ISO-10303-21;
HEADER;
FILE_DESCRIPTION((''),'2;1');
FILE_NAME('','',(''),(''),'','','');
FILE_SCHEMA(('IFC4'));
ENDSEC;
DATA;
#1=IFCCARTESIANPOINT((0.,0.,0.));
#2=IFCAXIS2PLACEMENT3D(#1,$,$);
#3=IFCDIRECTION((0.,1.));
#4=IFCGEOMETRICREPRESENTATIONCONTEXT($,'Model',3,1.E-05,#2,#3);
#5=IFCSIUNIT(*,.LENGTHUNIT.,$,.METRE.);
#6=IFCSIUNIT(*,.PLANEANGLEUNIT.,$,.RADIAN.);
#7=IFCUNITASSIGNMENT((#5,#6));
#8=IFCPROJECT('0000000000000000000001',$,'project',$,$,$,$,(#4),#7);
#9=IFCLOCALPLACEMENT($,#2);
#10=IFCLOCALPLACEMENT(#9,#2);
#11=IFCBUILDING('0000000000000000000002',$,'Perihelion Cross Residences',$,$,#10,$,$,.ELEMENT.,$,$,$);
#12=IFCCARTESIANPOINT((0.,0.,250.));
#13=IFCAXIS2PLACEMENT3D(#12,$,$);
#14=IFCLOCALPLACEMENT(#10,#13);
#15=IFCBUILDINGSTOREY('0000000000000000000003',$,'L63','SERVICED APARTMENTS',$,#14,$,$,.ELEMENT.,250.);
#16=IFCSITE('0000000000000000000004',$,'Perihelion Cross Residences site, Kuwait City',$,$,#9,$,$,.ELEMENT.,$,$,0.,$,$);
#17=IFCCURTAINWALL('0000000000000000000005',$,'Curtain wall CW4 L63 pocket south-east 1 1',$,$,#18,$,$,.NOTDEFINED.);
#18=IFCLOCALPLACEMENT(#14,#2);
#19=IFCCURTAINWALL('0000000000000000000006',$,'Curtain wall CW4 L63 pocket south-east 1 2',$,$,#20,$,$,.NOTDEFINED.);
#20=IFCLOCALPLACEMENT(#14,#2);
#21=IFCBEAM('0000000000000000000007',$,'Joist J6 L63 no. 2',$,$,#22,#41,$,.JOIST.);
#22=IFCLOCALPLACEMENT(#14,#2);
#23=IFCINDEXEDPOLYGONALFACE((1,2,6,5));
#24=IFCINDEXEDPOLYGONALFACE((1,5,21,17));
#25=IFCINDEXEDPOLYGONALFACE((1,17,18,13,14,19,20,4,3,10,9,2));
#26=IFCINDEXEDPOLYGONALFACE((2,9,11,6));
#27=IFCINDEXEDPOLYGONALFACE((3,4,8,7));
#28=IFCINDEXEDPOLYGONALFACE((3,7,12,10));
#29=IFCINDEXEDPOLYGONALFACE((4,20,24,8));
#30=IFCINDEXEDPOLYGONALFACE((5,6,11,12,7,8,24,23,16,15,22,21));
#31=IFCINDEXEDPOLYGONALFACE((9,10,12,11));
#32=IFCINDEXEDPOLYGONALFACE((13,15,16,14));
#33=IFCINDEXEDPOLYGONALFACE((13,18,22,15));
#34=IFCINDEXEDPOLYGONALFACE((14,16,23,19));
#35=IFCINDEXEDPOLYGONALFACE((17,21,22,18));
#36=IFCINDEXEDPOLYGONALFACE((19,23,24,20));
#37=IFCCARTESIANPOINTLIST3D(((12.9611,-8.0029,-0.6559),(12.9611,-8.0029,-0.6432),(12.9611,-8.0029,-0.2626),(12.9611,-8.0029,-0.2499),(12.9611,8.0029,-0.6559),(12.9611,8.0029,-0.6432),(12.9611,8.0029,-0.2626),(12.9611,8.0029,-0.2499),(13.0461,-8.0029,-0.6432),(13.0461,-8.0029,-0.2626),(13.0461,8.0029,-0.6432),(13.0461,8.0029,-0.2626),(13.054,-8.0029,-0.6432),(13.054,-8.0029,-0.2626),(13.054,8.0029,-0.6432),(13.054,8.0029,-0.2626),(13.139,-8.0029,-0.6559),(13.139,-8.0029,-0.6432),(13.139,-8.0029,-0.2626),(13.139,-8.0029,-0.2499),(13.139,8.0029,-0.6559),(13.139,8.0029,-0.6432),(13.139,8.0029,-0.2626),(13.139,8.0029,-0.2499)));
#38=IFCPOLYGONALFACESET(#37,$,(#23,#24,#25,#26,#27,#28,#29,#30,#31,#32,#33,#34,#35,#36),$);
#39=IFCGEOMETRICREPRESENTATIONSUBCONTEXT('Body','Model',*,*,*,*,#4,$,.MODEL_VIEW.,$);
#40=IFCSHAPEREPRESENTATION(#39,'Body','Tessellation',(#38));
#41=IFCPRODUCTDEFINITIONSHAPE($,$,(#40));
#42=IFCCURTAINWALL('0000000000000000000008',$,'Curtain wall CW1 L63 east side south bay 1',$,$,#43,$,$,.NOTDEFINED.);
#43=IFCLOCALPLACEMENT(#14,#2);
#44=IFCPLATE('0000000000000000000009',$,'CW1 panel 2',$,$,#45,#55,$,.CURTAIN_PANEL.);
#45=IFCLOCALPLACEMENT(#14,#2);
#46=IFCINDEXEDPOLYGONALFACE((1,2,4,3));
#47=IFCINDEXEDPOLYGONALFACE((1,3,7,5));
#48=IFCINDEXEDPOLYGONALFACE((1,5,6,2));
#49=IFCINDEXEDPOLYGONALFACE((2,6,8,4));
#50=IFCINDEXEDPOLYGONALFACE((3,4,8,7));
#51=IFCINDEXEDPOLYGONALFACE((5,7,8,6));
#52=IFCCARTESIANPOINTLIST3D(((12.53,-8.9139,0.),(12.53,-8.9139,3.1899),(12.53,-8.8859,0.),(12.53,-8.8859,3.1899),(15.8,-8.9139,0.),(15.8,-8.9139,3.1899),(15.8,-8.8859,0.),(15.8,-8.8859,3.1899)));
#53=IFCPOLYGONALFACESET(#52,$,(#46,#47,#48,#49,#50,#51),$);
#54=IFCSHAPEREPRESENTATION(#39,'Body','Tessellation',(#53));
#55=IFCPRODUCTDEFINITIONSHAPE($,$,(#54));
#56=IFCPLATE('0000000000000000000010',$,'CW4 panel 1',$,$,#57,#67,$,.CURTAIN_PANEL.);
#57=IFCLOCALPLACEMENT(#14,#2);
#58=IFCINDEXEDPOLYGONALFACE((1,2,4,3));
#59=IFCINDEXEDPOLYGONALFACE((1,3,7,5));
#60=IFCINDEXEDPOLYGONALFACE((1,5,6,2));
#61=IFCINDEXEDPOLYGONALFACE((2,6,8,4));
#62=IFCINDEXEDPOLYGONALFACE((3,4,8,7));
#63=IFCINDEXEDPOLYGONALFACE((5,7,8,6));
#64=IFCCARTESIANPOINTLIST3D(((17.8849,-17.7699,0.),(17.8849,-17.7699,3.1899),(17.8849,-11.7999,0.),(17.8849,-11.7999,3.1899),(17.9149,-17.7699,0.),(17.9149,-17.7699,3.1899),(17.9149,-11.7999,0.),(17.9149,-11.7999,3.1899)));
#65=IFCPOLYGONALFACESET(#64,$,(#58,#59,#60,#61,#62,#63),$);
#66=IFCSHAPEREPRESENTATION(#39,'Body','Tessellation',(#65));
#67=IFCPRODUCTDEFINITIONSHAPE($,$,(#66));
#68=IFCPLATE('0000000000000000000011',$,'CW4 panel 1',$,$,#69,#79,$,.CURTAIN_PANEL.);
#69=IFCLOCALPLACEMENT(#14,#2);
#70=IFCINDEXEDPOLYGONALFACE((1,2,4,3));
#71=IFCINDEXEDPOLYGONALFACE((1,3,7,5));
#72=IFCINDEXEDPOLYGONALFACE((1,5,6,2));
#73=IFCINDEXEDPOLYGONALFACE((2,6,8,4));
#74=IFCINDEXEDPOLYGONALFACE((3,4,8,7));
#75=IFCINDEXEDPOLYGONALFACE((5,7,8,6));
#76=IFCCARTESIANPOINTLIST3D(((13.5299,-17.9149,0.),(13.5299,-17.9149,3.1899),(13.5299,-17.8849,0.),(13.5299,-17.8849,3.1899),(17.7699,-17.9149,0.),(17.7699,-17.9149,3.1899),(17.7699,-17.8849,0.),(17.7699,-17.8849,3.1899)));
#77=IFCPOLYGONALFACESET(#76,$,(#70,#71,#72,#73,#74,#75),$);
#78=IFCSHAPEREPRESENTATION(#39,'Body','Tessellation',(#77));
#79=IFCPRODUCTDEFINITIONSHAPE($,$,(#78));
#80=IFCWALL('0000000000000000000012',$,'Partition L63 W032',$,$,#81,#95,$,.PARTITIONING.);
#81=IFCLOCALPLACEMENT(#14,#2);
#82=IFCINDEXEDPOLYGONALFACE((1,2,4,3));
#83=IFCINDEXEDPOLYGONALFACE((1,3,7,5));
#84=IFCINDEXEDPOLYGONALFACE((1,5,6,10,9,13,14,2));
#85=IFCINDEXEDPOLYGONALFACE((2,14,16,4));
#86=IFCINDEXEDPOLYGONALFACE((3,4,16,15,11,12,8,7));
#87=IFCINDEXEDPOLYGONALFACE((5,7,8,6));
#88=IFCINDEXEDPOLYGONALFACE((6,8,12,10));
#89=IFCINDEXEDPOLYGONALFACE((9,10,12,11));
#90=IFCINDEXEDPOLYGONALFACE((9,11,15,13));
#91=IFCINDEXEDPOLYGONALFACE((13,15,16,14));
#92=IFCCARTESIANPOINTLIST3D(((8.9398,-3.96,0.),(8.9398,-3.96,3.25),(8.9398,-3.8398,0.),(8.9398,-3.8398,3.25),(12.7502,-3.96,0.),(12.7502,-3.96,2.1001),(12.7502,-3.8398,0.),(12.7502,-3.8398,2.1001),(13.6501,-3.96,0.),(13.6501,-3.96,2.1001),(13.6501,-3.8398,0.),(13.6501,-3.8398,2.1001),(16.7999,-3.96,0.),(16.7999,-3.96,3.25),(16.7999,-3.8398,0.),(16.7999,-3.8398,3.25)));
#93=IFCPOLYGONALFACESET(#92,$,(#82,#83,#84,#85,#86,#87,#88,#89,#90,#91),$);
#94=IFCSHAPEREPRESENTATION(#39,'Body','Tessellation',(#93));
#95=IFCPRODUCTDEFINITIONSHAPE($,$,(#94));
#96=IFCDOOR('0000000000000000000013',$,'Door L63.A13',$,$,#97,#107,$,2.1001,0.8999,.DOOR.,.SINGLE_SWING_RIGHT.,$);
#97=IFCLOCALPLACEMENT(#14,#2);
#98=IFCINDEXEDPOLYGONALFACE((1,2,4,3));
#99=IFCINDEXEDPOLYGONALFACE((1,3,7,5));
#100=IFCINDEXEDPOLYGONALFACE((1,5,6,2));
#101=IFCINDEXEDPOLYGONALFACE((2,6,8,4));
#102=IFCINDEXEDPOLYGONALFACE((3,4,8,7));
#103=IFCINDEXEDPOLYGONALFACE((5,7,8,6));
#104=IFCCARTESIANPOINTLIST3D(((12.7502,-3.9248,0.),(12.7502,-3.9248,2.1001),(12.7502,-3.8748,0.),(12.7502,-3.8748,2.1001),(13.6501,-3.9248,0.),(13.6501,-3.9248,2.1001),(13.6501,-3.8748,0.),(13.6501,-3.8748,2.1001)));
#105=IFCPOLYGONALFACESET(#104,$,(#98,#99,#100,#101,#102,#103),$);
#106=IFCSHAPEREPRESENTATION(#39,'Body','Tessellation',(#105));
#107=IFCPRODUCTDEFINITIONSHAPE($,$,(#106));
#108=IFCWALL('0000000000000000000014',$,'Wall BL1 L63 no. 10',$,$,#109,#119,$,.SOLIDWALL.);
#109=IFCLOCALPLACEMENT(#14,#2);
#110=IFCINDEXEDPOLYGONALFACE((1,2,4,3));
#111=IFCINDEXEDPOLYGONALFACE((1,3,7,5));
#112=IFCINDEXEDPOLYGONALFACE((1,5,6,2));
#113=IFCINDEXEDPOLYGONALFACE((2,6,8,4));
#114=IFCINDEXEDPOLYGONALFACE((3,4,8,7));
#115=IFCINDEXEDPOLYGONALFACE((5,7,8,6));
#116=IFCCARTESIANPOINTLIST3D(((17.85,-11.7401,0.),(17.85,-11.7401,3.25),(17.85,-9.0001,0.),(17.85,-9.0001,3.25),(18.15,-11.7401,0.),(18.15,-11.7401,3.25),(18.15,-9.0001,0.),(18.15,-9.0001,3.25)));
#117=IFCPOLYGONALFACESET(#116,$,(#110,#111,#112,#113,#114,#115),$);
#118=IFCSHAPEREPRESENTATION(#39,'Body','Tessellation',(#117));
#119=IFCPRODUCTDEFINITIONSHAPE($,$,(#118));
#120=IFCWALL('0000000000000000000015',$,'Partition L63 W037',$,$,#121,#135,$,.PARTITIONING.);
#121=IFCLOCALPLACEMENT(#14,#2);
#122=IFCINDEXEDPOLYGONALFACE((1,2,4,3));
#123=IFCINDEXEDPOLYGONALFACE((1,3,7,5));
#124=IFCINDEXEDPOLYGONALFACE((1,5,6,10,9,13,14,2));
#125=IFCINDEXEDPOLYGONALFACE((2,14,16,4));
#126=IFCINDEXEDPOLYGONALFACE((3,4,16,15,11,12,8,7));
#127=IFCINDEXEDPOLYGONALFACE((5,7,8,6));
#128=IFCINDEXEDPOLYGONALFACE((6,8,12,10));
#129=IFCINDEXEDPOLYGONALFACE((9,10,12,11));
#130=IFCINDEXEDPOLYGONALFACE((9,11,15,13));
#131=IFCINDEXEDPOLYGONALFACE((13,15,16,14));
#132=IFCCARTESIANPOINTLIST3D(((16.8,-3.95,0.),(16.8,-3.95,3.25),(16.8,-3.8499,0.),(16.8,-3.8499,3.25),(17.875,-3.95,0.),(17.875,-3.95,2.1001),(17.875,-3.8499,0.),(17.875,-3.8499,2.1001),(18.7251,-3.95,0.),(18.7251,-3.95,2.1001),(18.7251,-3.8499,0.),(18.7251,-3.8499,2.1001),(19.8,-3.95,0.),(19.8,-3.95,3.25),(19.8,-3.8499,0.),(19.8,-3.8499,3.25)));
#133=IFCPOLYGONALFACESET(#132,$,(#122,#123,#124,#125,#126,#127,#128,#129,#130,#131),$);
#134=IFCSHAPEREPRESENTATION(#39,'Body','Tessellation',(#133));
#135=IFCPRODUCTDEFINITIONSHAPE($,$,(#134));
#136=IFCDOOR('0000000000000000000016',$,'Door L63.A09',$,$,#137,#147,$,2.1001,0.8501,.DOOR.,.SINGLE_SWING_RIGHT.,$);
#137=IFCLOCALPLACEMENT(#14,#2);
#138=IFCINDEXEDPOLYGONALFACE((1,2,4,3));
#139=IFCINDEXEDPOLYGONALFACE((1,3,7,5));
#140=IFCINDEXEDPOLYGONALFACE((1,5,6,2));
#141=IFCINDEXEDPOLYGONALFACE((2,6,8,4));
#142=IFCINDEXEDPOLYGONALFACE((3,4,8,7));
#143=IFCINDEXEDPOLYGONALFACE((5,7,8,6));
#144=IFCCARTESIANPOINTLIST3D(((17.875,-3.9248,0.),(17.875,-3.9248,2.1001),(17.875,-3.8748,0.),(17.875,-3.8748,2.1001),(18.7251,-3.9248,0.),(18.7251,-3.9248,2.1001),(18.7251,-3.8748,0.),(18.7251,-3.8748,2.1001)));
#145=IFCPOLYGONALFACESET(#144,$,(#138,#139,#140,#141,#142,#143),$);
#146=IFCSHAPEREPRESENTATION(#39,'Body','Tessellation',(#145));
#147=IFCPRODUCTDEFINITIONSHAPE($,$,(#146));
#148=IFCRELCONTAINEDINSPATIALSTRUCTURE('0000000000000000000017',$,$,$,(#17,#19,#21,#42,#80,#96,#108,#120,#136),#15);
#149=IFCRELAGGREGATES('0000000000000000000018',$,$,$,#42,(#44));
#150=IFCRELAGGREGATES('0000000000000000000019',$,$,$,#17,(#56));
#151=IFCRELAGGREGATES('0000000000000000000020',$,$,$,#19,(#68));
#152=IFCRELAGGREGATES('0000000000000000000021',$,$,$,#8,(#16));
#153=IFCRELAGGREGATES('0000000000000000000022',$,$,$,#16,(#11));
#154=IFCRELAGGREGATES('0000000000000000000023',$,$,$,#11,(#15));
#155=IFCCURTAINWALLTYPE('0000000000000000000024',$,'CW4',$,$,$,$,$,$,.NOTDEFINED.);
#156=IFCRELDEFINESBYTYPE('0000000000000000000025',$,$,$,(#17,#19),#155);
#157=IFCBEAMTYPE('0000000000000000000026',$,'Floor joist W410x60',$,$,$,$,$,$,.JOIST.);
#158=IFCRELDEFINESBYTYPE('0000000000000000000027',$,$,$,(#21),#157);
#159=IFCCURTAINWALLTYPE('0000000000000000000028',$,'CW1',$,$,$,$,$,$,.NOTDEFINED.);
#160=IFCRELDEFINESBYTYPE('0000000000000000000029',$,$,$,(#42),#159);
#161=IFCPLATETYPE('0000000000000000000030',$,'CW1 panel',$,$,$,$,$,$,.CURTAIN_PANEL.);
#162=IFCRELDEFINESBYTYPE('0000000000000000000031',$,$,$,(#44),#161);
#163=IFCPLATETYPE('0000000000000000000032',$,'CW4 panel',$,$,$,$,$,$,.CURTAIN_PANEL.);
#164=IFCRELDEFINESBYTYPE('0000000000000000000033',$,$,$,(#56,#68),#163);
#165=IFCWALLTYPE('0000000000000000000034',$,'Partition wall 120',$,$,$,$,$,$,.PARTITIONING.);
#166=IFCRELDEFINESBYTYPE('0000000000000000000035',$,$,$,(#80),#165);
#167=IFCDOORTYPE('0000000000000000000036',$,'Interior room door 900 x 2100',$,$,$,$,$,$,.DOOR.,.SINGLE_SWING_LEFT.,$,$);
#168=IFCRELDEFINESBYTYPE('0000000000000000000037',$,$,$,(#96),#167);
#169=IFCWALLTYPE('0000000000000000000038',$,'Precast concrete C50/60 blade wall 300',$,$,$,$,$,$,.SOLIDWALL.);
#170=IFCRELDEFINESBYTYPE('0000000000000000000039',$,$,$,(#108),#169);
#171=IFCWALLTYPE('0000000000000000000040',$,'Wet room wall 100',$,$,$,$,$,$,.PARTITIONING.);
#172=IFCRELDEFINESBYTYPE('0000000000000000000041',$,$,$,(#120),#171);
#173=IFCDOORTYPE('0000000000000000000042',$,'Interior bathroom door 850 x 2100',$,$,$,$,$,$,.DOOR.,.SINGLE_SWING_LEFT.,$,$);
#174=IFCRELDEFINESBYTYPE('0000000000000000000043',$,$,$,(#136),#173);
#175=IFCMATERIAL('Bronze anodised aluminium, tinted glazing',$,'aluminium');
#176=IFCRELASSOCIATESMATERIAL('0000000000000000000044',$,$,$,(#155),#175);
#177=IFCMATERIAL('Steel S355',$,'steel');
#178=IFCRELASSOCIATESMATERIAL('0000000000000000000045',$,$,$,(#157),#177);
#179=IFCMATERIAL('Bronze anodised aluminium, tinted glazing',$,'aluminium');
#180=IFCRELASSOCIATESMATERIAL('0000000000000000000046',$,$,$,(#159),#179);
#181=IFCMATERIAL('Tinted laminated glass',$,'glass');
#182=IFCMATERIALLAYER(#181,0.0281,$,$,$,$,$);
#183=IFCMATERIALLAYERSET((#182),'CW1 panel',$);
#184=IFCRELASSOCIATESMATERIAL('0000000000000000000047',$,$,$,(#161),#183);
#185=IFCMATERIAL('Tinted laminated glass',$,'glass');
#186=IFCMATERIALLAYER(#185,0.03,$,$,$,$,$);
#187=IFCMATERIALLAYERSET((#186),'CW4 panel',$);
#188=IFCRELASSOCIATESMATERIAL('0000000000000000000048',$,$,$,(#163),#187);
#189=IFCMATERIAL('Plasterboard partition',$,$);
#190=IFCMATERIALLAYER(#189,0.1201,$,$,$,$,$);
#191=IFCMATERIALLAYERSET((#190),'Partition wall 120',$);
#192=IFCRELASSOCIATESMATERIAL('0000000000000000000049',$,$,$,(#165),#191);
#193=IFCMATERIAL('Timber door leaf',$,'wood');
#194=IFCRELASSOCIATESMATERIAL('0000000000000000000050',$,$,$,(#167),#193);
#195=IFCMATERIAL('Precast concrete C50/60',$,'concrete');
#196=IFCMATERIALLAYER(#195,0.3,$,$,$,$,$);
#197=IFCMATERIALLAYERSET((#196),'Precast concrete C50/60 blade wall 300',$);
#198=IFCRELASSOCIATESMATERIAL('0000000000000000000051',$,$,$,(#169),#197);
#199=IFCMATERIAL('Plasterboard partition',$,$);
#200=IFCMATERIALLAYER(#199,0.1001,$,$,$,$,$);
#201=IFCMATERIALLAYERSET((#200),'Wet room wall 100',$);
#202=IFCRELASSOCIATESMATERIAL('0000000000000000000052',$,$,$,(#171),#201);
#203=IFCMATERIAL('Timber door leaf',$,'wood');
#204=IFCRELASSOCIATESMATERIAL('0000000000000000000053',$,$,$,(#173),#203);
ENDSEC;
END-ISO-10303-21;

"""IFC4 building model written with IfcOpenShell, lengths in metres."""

from ifc_helpers import new_model, si_unit, direction, frame, frame_2d, origin, origin_2d, place, context, subcontext, project, spatial, rectangle, i_section, extrude, material, layer, layer_set, material_profile, profile_set, type_object, element, fill, aggregate, save


model = new_model("IFC4")

# Units and contexts
model_context = context("Model", 3, precision=1e-05, world=origin(), true_north=direction((0.0, 1.0)))
body_context = subcontext(model_context, "Body", "Model", "MODEL_VIEW")
ifc_project = project(units=[si_unit("LENGTHUNIT", "METRE"), si_unit("PLANEANGLEUNIT", "RADIAN")], contexts=[model_context])

# Site, building, storey
site_placement = place(None, origin())
site = spatial("IfcSite", under=ifc_project, at=site_placement, Name="Perihelion Cross Residences site, Kuwait City", CompositionType="ELEMENT", RefElevation=0.0)
building_placement = place(site_placement, origin())
building = spatial("IfcBuilding", under=site, at=building_placement, Name="Perihelion Cross Residences", CompositionType="ELEMENT")
storey_placement = place(building_placement, frame((0.0, 0.0, 250.0)))
storey = spatial("IfcBuildingStorey", under=building, at=storey_placement, Name="L63", Description="SERVICED APARTMENTS", CompositionType="ELEMENT", Elevation=250.0)

# Curtain walls
ifc_material_1 = material(Name="Bronze anodised aluminium, tinted glazing", Category="aluminium")
curtain_wall_type_1 = type_object("IfcCurtainWallType", Name="CW4", PredefinedType="NOTDEFINED", material=ifc_material_1)
curtain_wall_1_placement = place(storey_placement, origin())
curtain_wall_1 = element("IfcCurtainWall", 1, at=curtain_wall_1_placement, inside=storey, type_object=curtain_wall_type_1, Name="Curtain wall CW4 L63 pocket south-east 1 1", PredefinedType="NOTDEFINED")
curtain_wall_2_placement = place(storey_placement, origin())
curtain_wall_2 = element("IfcCurtainWall", 2, at=curtain_wall_2_placement, inside=storey, type_object=curtain_wall_type_1, Name="Curtain wall CW4 L63 pocket south-east 1 2", PredefinedType="NOTDEFINED")

# Beam
ifc_material_2 = material(Name="Steel S355", Category="steel")
ifc_material_profile_1 = material_profile(ifc_material_2, i_section(OverallWidth=0.178, OverallDepth=0.406, WebThickness=0.0078, FlangeThickness=0.0127, at=origin_2d()), Name="W410x60")
ifc_profile_set_1 = profile_set([ifc_material_profile_1], Name="Steel S355")
beam_type_1 = type_object("IfcBeamType", Name="Floor joist W410x60", PredefinedType="JOIST", material=ifc_profile_set_1)
beam_1_placement = place(storey_placement, frame((13.05, -8.0029, -0.4529), z_axis=(0.0, 1.0, 0.0), x_axis=(-1.0, 0.0, 0.0)))
element("IfcBeam", 3, at=beam_1_placement, inside=storey, type_object=beam_type_1, Name="Joist J6 L63 no. 2", PredefinedType="JOIST", context=body_context, shape_type="SweptSolid", body=[
    extrude(i_section(OverallWidth=0.178, OverallDepth=0.406, WebThickness=0.0078, FlangeThickness=0.0127, at=origin_2d()), origin(), (0.0, 0.0, 1.0), 16.0059),
])

# Curtain wall, plate
ifc_material_3 = material(Name="Bronze anodised aluminium, tinted glazing", Category="aluminium")
curtain_wall_type_2 = type_object("IfcCurtainWallType", Name="CW1", PredefinedType="NOTDEFINED", material=ifc_material_3)
curtain_wall_3_placement = place(storey_placement, origin())
curtain_wall_3 = element("IfcCurtainWall", 4, at=curtain_wall_3_placement, inside=storey, type_object=curtain_wall_type_2, Name="Curtain wall CW1 L63 east side south bay 1", PredefinedType="NOTDEFINED")
ifc_material_4 = material(Name="Tinted laminated glass", Category="glass")
ifc_layer_1 = layer(ifc_material_4, 0.0281)
ifc_layer_set_1 = layer_set([ifc_layer_1], Name="CW1 panel")
plate_type_1 = type_object("IfcPlateType", Name="CW1 panel", PredefinedType="CURTAIN_PANEL", material=ifc_layer_set_1)
plate_1_placement = place(storey_placement, frame((14.165, -8.8999, 0.0), z_axis=(0.0, 0.0, 1.0), x_axis=(1.0, 0.0, 0.0)))
plate_1 = element("IfcPlate", 5, at=plate_1_placement, type_object=plate_type_1, Name="CW1 panel 2", PredefinedType="CURTAIN_PANEL", context=body_context, shape_type="SweptSolid", body=[
    extrude(rectangle(XDim=3.27, YDim=0.0281, at=origin_2d()), origin(), (0.0, 0.0, 1.0), 3.1899),
])
aggregate(curtain_wall_3, [plate_1])

# Plates
ifc_material_5 = material(Name="Tinted laminated glass", Category="glass")
ifc_layer_2 = layer(ifc_material_5, 0.03)
ifc_layer_set_2 = layer_set([ifc_layer_2], Name="CW4 panel")
plate_type_2 = type_object("IfcPlateType", Name="CW4 panel", PredefinedType="CURTAIN_PANEL", material=ifc_layer_set_2)
plate_2_placement = place(storey_placement, frame((17.8999, -14.7849, 0.0), z_axis=(0.0, 0.0, 1.0), x_axis=(0.0, -1.0, 0.0)))
plate_2 = element("IfcPlate", 6, at=plate_2_placement, type_object=plate_type_2, Name="CW4 panel 1", PredefinedType="CURTAIN_PANEL", context=body_context, shape_type="SweptSolid", body=[
    extrude(rectangle(XDim=5.97, YDim=0.03, at=origin_2d()), origin(), (0.0, 0.0, 1.0), 3.1899),
])
aggregate(curtain_wall_1, [plate_2])
plate_3_placement = place(storey_placement, frame((15.6499, -17.8999, 0.0), z_axis=(0.0, 0.0, 1.0), x_axis=(-1.0, 0.0, 0.0)))
plate_3 = element("IfcPlate", 7, at=plate_3_placement, type_object=plate_type_2, Name="CW4 panel 1", PredefinedType="CURTAIN_PANEL", context=body_context, shape_type="SweptSolid", body=[
    extrude(rectangle(XDim=4.24, YDim=0.03, at=origin_2d()), origin(), (0.0, 0.0, 1.0), 3.1899),
])
aggregate(curtain_wall_2, [plate_3])

# Wall, opening, door
ifc_material_6 = material(Name="Plasterboard partition")
ifc_layer_3 = layer(ifc_material_6, 0.1201)
ifc_layer_set_3 = layer_set([ifc_layer_3], Name="Partition wall 120")
wall_type_1 = type_object("IfcWallType", Name="Partition wall 120", PredefinedType="PARTITIONING", material=ifc_layer_set_3)
wall_1_placement = place(storey_placement, frame((16.8, -3.8999, 0.0), z_axis=(0.0, 0.0, 1.0), x_axis=(-1.0, 0.0, 0.0)))
wall_1 = element("IfcWall", 8, at=wall_1_placement, inside=storey, type_object=wall_type_1, Name="Partition L63 W032", PredefinedType="PARTITIONING", context=body_context, shape_type="SweptSolid", body=[
    extrude(rectangle(XDim=7.8601, YDim=0.1201, at=frame_2d((3.9302, 0.0))), origin(), (0.0, 0.0, 1.0), 3.25),
])
opening_1_placement = place(wall_1_placement, frame((3.1499, 0.0, 0.0)))
opening_1 = element("IfcOpeningElement", 9, at=opening_1_placement, cuts=wall_1, PredefinedType="OPENING", context=body_context, shape_type="SweptSolid", body=[
    extrude(rectangle(XDim=0.8999, YDim=2.1001, at=frame_2d((0.45, 1.05))), frame((0.0, 0.0701, 0.0), z_axis=(0.0, -1.0, 0.0), x_axis=(1.0, 0.0, 0.0)), (0.0, 0.0, 1.0), 0.1401),
])
ifc_material_7 = material(Name="Timber door leaf", Category="wood")
door_type_1 = type_object("IfcDoorType", Name="Interior room door 900 x 2100", OperationType="SINGLE_SWING_LEFT", PredefinedType="DOOR", material=ifc_material_7)
door_1_placement = place(opening_1_placement, origin())
door_1 = element("IfcDoor", 10, at=door_1_placement, inside=storey, type_object=door_type_1, Name="Door L63.A13", OperationType="SINGLE_SWING_RIGHT", OverallHeight=2.1001, OverallWidth=0.8999, PredefinedType="DOOR", context=body_context, shape_type="SweptSolid", body=[
    extrude(rectangle(XDim=0.8999, YDim=2.1001, at=frame_2d((0.45, 1.05))), frame((0.0, 0.0249, 0.0), z_axis=(0.0, -1.0, 0.0), x_axis=(1.0, 0.0, 0.0)), (0.0, 0.0, 1.0), 0.05),
])
fill(opening_1, door_1)

# Wall
ifc_material_8 = material(Name="Precast concrete C50/60", Category="concrete")
ifc_layer_4 = layer(ifc_material_8, 0.3)
ifc_layer_set_4 = layer_set([ifc_layer_4], Name="Precast concrete C50/60 blade wall 300")
wall_type_2 = type_object("IfcWallType", Name="Precast concrete C50/60 blade wall 300", PredefinedType="SOLIDWALL", material=ifc_layer_set_4)
wall_2_placement = place(storey_placement, frame((18.0, -9.0, 0.0), z_axis=(0.0, 0.0, 1.0), x_axis=(0.0, -1.0, 0.0)))
element("IfcWall", 11, at=wall_2_placement, inside=storey, type_object=wall_type_2, Name="Wall BL1 L63 no. 10", PredefinedType="SOLIDWALL", context=body_context, shape_type="SweptSolid", body=[
    extrude(rectangle(XDim=2.74, YDim=0.3, at=frame_2d((1.3701, 0.0))), origin(), (0.0, 0.0, 1.0), 3.25),
])

# Wall, opening, door
ifc_material_9 = material(Name="Plasterboard partition")
ifc_layer_5 = layer(ifc_material_9, 0.1001)
ifc_layer_set_5 = layer_set([ifc_layer_5], Name="Wet room wall 100")
wall_type_3 = type_object("IfcWallType", Name="Wet room wall 100", PredefinedType="PARTITIONING", material=ifc_layer_set_5)
wall_3_placement = place(storey_placement, frame((19.8, -3.8999, 0.0), z_axis=(0.0, 0.0, 1.0), x_axis=(-1.0, 0.0, 0.0)))
wall_3 = element("IfcWall", 12, at=wall_3_placement, inside=storey, type_object=wall_type_3, Name="Partition L63 W037", PredefinedType="PARTITIONING", context=body_context, shape_type="SweptSolid", body=[
    extrude(rectangle(XDim=3.0, YDim=0.1001, at=frame_2d((1.5, 0.0))), origin(), (0.0, 0.0, 1.0), 3.25),
])
opening_2_placement = place(wall_3_placement, frame((1.075, 0.0, 0.0)))
opening_2 = element("IfcOpeningElement", 13, at=opening_2_placement, cuts=wall_3, PredefinedType="OPENING", context=body_context, shape_type="SweptSolid", body=[
    extrude(rectangle(XDim=0.8501, YDim=2.1001, at=frame_2d((0.425, 1.05))), frame((0.0, 0.0601, 0.0), z_axis=(0.0, -1.0, 0.0), x_axis=(1.0, 0.0, 0.0)), (0.0, 0.0, 1.0), 0.1201),
])
ifc_material_10 = material(Name="Timber door leaf", Category="wood")
door_type_2 = type_object("IfcDoorType", Name="Interior bathroom door 850 x 2100", OperationType="SINGLE_SWING_LEFT", PredefinedType="DOOR", material=ifc_material_10)
door_2_placement = place(opening_2_placement, origin())
door_2 = element("IfcDoor", 14, at=door_2_placement, inside=storey, type_object=door_type_2, Name="Door L63.A09", OperationType="SINGLE_SWING_RIGHT", OverallHeight=2.1001, OverallWidth=0.8501, PredefinedType="DOOR", context=body_context, shape_type="SweptSolid", body=[
    extrude(rectangle(XDim=0.8501, YDim=2.1001, at=frame_2d((0.425, 1.05))), frame((0.0, 0.0249, 0.0), z_axis=(0.0, -1.0, 0.0), x_axis=(1.0, 0.0, 0.0)), (0.0, 0.0, 1.0), 0.05),
])
fill(opening_2, door_2)

save(model, "model.ifc")
